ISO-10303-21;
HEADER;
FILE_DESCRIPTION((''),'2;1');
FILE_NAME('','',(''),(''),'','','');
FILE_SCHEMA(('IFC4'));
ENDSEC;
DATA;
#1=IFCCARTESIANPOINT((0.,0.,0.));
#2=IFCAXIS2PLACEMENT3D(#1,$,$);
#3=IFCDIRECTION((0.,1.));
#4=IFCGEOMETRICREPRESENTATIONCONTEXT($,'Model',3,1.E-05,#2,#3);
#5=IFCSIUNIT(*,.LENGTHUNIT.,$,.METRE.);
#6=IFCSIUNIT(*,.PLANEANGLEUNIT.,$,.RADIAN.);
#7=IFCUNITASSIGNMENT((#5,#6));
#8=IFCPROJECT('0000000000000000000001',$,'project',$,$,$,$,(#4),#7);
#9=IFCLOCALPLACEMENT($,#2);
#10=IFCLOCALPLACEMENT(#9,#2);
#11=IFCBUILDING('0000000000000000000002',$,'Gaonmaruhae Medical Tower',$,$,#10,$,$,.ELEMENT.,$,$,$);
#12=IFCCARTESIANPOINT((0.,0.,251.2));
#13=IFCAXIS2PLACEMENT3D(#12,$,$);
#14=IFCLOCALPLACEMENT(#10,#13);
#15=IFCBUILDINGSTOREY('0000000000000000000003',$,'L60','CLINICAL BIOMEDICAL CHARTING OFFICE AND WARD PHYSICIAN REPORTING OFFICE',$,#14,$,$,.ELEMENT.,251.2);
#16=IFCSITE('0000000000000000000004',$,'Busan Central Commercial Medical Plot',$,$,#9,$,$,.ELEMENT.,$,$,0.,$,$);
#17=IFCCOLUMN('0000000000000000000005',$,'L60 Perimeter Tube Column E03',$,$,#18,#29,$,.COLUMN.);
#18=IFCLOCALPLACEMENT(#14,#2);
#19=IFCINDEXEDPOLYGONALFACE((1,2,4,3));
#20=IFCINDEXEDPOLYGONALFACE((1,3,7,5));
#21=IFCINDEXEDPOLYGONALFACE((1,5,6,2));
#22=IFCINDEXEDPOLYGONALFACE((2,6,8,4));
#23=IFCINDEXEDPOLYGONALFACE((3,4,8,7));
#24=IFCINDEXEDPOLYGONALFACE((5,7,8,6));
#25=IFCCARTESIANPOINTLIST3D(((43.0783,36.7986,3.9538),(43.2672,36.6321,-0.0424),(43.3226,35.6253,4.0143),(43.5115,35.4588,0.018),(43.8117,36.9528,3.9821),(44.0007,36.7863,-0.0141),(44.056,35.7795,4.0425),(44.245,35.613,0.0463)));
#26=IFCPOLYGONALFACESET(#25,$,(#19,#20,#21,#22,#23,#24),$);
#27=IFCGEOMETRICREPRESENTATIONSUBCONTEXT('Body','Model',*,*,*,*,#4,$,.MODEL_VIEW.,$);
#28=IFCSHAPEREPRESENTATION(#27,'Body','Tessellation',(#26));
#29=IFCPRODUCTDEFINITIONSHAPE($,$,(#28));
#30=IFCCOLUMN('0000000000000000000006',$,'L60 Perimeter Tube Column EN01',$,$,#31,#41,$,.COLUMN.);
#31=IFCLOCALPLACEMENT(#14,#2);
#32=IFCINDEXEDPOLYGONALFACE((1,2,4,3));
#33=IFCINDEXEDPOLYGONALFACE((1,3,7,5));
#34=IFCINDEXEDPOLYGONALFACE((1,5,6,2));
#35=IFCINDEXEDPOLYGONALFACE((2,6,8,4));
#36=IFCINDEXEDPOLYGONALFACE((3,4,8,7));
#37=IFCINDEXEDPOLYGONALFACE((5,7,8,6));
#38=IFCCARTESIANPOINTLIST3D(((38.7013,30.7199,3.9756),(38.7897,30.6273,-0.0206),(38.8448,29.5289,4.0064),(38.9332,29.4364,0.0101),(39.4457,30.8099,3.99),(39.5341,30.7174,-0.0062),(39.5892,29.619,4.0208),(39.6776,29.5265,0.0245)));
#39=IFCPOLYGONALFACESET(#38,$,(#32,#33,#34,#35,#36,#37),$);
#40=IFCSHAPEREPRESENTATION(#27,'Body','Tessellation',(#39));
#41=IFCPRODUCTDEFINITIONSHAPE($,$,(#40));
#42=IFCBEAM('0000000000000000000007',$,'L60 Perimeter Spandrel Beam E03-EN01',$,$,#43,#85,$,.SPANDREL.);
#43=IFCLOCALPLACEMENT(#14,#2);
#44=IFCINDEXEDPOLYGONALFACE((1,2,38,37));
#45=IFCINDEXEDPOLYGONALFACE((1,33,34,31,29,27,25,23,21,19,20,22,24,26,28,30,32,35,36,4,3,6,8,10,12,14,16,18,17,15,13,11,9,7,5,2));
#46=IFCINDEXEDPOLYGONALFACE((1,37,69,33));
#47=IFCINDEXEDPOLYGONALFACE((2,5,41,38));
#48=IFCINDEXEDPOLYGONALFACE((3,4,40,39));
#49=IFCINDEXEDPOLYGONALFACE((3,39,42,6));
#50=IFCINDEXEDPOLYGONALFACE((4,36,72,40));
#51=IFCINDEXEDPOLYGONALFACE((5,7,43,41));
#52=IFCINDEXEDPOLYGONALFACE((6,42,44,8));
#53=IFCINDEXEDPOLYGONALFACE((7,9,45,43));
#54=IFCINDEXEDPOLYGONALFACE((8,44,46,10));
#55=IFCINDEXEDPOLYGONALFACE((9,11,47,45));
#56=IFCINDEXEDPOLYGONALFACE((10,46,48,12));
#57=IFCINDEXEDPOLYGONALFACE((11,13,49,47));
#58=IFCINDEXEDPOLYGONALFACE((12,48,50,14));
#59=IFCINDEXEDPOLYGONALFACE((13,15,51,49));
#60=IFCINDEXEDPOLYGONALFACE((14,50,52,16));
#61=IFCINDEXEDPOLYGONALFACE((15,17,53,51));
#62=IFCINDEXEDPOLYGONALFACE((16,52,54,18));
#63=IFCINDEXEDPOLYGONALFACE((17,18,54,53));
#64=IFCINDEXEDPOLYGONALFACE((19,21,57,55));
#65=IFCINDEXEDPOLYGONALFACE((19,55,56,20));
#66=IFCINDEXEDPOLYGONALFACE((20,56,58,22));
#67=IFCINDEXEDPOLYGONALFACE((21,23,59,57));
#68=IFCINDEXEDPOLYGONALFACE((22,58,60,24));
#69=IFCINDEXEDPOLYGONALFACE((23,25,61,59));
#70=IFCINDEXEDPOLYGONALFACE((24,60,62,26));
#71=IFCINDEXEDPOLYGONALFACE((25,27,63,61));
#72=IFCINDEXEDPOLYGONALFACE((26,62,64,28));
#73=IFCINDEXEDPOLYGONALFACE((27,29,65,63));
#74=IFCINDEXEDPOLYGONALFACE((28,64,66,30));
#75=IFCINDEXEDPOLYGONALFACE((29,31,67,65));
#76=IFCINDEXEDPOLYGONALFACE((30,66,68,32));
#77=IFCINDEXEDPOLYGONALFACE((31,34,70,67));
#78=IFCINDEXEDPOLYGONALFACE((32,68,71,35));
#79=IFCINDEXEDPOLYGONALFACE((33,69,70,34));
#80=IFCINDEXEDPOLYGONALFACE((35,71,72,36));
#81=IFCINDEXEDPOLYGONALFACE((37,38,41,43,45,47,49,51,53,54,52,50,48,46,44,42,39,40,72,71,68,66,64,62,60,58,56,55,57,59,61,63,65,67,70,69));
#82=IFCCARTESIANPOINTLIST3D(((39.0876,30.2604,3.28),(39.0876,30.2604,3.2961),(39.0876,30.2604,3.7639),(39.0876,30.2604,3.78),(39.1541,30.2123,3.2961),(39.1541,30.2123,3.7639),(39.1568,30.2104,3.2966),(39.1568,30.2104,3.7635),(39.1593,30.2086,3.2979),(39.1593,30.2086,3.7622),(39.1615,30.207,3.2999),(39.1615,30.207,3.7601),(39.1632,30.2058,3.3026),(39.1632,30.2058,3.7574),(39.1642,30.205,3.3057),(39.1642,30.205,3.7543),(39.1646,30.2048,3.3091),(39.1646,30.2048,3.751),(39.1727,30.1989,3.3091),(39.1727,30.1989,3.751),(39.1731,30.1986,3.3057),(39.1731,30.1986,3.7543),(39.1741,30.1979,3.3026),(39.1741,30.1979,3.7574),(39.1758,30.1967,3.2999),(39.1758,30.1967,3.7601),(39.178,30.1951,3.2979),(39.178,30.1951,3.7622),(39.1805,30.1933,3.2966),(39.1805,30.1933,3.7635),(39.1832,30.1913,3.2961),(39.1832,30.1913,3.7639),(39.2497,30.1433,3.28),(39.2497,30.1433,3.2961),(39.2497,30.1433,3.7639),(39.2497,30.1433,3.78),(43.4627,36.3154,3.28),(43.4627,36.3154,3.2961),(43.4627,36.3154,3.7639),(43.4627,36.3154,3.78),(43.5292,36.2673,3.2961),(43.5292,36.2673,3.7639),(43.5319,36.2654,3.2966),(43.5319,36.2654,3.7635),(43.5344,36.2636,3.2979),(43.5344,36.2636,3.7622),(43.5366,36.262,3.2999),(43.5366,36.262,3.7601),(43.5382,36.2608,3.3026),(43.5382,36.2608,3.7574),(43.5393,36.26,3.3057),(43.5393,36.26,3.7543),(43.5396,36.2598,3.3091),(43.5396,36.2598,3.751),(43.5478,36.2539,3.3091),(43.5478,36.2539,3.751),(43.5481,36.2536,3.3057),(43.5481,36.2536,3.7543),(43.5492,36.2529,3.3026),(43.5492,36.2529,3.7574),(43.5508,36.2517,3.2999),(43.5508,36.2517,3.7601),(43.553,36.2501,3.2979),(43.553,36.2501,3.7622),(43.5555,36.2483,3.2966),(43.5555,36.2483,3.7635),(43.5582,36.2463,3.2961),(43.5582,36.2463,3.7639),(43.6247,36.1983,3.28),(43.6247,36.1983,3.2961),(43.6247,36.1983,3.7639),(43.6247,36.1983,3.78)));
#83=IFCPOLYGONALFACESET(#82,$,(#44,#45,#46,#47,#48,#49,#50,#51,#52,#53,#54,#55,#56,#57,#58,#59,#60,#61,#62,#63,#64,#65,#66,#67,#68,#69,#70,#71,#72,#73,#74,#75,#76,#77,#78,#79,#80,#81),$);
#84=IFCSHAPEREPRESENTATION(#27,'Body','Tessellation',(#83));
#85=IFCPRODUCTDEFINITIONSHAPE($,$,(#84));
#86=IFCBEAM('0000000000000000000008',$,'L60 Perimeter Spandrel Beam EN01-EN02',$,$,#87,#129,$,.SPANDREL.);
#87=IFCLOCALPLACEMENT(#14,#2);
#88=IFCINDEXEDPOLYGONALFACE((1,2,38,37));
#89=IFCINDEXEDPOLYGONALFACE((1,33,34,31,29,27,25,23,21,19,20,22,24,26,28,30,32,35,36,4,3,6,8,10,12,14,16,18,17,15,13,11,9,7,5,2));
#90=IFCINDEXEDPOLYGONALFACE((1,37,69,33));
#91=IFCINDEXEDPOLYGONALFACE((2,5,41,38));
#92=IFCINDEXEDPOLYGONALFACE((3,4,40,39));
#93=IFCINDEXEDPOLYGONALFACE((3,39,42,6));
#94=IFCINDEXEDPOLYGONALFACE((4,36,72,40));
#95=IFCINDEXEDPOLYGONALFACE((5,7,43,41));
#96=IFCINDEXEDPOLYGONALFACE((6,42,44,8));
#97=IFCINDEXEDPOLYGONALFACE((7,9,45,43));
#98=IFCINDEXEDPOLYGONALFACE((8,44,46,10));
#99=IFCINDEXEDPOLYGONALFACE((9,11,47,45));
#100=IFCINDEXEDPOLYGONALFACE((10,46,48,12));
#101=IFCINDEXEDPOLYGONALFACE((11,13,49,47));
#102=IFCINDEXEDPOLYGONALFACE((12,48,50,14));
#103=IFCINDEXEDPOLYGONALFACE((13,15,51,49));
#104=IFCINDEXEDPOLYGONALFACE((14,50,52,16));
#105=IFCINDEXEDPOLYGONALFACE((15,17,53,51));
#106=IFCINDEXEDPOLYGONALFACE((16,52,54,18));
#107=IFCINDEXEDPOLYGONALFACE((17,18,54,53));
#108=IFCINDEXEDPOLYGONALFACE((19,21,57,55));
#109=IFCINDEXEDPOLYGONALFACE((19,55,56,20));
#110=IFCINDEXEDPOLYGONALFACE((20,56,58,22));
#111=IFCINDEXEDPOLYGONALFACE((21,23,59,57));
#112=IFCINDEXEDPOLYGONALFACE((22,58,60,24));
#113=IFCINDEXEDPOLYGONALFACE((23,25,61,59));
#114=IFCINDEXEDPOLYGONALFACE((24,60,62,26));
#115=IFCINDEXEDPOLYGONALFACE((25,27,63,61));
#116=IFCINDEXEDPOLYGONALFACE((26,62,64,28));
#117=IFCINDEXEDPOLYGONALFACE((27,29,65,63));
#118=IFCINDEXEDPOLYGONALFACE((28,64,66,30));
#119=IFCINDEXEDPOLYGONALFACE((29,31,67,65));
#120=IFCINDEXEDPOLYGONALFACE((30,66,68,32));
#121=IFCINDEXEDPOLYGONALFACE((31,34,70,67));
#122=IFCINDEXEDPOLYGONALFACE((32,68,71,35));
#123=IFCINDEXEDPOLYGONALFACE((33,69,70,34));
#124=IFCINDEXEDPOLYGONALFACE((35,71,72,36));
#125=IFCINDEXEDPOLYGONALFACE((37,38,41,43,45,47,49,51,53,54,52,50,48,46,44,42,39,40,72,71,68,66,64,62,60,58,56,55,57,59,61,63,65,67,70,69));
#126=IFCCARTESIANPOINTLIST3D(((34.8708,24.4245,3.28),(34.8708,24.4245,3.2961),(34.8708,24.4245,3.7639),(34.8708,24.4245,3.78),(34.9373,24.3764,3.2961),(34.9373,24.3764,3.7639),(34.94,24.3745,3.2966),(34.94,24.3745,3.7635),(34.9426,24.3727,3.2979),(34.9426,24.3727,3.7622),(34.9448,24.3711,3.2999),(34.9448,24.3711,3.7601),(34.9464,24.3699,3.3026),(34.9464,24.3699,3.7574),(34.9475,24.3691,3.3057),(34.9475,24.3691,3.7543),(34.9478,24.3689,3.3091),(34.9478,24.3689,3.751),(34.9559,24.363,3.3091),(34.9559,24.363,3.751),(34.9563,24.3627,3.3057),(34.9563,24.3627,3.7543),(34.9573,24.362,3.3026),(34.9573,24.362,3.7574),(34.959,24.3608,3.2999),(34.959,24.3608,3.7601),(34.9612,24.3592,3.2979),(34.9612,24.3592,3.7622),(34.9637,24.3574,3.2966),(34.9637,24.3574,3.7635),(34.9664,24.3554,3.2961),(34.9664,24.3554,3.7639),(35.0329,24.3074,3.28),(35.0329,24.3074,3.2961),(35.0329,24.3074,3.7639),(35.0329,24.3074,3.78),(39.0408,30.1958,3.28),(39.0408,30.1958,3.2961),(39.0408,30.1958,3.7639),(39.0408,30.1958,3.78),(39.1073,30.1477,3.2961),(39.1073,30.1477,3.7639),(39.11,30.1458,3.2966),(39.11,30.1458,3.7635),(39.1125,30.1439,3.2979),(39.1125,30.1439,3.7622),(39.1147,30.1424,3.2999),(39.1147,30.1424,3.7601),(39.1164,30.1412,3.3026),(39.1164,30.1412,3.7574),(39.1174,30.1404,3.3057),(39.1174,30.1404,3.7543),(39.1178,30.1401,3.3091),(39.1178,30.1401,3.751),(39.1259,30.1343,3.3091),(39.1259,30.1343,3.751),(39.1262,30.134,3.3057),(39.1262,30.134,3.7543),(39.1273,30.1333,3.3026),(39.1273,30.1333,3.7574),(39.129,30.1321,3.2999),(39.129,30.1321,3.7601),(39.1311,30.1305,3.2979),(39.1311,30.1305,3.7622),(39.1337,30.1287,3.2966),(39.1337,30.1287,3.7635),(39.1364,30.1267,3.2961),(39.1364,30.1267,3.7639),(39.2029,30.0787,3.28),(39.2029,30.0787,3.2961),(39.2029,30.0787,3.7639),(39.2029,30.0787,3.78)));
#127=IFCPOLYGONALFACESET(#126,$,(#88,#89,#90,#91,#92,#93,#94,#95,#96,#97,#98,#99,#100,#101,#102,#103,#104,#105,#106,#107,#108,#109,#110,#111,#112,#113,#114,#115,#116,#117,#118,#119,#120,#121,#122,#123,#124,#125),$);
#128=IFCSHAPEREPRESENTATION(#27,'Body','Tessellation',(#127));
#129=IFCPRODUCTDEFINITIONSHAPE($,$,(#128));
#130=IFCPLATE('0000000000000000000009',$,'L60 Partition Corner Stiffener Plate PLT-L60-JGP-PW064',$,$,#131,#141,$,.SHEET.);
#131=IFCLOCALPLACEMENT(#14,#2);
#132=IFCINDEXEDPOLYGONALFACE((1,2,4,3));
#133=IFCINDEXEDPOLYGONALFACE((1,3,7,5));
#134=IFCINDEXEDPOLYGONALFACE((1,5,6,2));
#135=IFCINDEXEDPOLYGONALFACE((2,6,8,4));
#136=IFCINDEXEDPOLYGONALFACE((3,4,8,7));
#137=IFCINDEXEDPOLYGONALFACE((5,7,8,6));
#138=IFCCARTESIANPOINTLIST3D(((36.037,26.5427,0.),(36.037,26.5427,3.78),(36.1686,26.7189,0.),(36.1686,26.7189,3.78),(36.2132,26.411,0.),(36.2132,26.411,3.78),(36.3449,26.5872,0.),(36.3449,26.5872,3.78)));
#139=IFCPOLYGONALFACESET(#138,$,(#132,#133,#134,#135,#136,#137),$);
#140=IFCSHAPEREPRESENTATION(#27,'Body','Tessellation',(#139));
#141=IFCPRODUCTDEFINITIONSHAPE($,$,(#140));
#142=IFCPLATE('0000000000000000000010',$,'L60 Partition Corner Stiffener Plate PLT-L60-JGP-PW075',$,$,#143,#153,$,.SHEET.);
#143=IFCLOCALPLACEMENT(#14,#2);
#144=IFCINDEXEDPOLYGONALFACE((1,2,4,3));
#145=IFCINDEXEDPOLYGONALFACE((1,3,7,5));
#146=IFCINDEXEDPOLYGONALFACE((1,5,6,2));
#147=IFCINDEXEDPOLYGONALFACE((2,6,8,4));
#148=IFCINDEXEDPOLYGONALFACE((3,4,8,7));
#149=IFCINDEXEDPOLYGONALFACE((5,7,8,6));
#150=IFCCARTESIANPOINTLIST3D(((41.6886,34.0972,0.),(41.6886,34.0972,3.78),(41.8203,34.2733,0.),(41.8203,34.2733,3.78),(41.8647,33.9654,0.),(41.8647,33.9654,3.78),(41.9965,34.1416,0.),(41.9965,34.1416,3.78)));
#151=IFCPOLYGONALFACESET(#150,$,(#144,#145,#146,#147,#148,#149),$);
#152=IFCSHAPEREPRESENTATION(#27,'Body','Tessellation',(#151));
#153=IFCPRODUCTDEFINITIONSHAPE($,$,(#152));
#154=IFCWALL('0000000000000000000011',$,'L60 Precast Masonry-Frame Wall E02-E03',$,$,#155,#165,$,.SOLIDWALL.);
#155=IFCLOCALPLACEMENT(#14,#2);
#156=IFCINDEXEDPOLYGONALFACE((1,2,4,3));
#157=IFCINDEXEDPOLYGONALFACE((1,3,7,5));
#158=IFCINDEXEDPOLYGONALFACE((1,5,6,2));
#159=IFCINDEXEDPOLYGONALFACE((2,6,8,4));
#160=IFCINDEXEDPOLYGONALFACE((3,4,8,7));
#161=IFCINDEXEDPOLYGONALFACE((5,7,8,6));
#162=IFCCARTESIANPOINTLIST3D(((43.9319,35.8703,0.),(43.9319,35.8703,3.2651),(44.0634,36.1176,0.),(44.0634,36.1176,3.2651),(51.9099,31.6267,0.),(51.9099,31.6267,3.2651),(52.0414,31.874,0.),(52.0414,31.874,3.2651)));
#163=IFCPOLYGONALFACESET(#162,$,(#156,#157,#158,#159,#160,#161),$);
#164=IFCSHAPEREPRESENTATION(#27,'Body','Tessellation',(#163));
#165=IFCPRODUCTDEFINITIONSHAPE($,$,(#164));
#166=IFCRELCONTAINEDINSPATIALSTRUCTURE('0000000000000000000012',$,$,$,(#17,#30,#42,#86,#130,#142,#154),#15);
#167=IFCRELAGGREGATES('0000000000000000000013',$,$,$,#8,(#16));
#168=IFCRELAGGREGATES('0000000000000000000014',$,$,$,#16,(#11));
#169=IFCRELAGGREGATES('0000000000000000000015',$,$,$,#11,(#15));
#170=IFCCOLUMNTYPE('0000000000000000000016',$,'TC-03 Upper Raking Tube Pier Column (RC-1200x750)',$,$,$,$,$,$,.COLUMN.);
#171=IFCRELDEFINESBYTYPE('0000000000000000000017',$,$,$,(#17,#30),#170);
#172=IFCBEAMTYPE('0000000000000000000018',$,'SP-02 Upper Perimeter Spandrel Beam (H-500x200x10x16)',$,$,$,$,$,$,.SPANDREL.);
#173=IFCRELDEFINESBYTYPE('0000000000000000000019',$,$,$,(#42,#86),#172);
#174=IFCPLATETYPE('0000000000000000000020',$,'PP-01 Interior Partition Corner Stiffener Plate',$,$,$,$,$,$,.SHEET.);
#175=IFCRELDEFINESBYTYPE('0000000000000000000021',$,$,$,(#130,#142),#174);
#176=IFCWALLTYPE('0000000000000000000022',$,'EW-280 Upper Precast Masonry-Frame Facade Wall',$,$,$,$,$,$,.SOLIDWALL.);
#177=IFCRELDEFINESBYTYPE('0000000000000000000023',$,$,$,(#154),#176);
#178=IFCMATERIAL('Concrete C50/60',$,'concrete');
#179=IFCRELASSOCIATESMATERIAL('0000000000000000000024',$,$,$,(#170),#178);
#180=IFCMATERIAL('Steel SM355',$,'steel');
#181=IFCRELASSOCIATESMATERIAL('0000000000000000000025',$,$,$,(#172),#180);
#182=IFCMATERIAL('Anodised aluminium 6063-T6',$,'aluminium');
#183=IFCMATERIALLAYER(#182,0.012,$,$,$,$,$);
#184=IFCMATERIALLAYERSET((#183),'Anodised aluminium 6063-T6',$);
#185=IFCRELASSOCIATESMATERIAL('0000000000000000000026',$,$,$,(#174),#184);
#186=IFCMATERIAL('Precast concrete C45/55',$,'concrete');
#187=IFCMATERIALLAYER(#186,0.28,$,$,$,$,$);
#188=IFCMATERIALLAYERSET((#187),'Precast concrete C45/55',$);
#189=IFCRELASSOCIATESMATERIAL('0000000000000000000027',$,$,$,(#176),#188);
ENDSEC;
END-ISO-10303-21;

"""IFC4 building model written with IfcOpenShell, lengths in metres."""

from ifc_helpers import new_model, si_unit, direction, frame, frame_2d, origin, origin_2d, place, context, subcontext, project, spatial, rectangle, i_section, extrude, material, layer, layer_set, material_profile, profile_set, type_object, element, save


model = new_model("IFC4")

# Units and contexts
model_context = context("Model", 3, precision=1e-05, world=origin(), true_north=direction((0.0, 1.0)))
body_context = subcontext(model_context, "Body", "Model", "MODEL_VIEW")
ifc_project = project(units=[si_unit("LENGTHUNIT", "METRE"), si_unit("PLANEANGLEUNIT", "RADIAN")], contexts=[model_context])

# Site, building, storey
site_placement = place(None, origin())
site = spatial("IfcSite", under=ifc_project, at=site_placement, Name="Busan Central Commercial Medical Plot", CompositionType="ELEMENT", RefElevation=0.0)
building_placement = place(site_placement, origin())
building = spatial("IfcBuilding", under=site, at=building_placement, Name="Gaonmaruhae Medical Tower", CompositionType="ELEMENT")
storey_placement = place(building_placement, frame((0.0, 0.0, 251.2)))
storey = spatial("IfcBuildingStorey", under=building, at=storey_placement, Name="L60", Description="CLINICAL BIOMEDICAL CHARTING OFFICE AND WARD PHYSICIAN REPORTING OFFICE", CompositionType="ELEMENT", Elevation=251.2)

# Columns
ifc_material_1 = material(Name="Concrete C50/60", Category="concrete")
ifc_material_profile_1 = material_profile(ifc_material_1, rectangle(XDim=1.2, YDim=0.75, at=origin_2d()), Name="RC-1200x750")
ifc_profile_set_1 = profile_set([ifc_material_profile_1], Name="Concrete C50/60")
column_type = type_object("IfcColumnType", Name="TC-03 Upper Raking Tube Pier Column (RC-1200x750)", PredefinedType="COLUMN", material=ifc_profile_set_1)
column_1_placement = place(storey_placement, frame((43.7561, 36.1226, 0.002), z_axis=(-0.047191, 0.041582, 0.99802), x_axis=(0.203572, -0.977764, 0.050363)))
element("IfcColumn", 1, at=column_1_placement, inside=storey, type_object=column_type, Name="L60 Perimeter Tube Column E03", PredefinedType="COLUMN", context=body_context, shape_type="SweptSolid", body=[
    extrude(rectangle(XDim=1.2, YDim=0.75, at=origin_2d()), origin(), (0.0, 0.0, 1.0), 4.0042),
])
column_2_placement = place(storey_placement, frame((39.2336, 30.0769, 0.002), z_axis=(-0.022104, 0.023142, 0.999488), x_axis=(0.119607, -0.992491, 0.025625)))
element("IfcColumn", 2, at=column_2_placement, inside=storey, type_object=column_type, Name="L60 Perimeter Tube Column EN01", PredefinedType="COLUMN", context=body_context, shape_type="SweptSolid", body=[
    extrude(rectangle(XDim=1.2, YDim=0.75, at=origin_2d()), origin(), (0.0, 0.0, 1.0), 3.9983),
])

# Beams
ifc_material_2 = material(Name="Steel SM355", Category="steel")
ifc_material_profile_2 = material_profile(ifc_material_2, i_section(OverallWidth=0.2, OverallDepth=0.5, WebThickness=0.01, FlangeThickness=0.0161, FilletRadius=0.0129, at=origin_2d()), Name="H-500x200x10x16")
ifc_profile_set_2 = profile_set([ifc_material_profile_2], Name="Steel SM355")
beam_type = type_object("IfcBeamType", Name="SP-02 Upper Perimeter Spandrel Beam (H-500x200x10x16)", PredefinedType="SPANDREL", material=ifc_profile_set_2)
beam_1_placement = place(storey_placement, frame((43.5437, 36.2568, 3.53), z_axis=(-0.585666, -0.810553, 0.0), x_axis=(0.810553, -0.585666, 0.0)))
element("IfcBeam", 3, at=beam_1_placement, inside=storey, type_object=beam_type, Name="L60 Perimeter Spandrel Beam E03-EN01", PredefinedType="SPANDREL", context=body_context, shape_type="SweptSolid", body=[
    extrude(i_section(OverallWidth=0.2, OverallDepth=0.5, WebThickness=0.01, FlangeThickness=0.0161, FilletRadius=0.0129, at=origin_2d()), origin(), (0.0, 0.0, 1.0), 7.4702),
])
beam_2_placement = place(storey_placement, frame((39.1218, 30.1372, 3.53), z_axis=(-0.585657, -0.810559, 0.0), x_axis=(0.810559, -0.585657, 0.0)))
element("IfcBeam", 4, at=beam_2_placement, inside=storey, type_object=beam_type, Name="L60 Perimeter Spandrel Beam EN01-EN02", PredefinedType="SPANDREL", context=body_context, shape_type="SweptSolid", body=[
    extrude(i_section(OverallWidth=0.2, OverallDepth=0.5, WebThickness=0.01, FlangeThickness=0.0161, FilletRadius=0.0129, at=origin_2d()), origin(), (0.0, 0.0, 1.0), 7.1201),
])

# Plates
ifc_material_3 = material(Name="Anodised aluminium 6063-T6", Category="aluminium")
ifc_layer_1 = layer(ifc_material_3, 0.012)
ifc_layer_set_1 = layer_set([ifc_layer_1], Name="Anodised aluminium 6063-T6")
plate_type = type_object("IfcPlateType", Name="PP-01 Interior Partition Corner Stiffener Plate", PredefinedType="SHEET", material=ifc_layer_set_1)
for number, where, z_axis, x_axis, name in (
    (5, (36.1909, 26.5649, 0.0), (0.0, 0.0, 1.0), (0.801108, -0.59852, 0.0), "L60 Partition Corner Stiffener Plate PLT-L60-JGP-PW064"),
    (6, (41.8425, 34.1194, 0.0), (0.0, 0.0, 1.0), (0.800825, -0.598898, 0.0), "L60 Partition Corner Stiffener Plate PLT-L60-JGP-PW075"),
):
    element("IfcPlate", number, at=place(storey_placement, frame(where, z_axis=z_axis, x_axis=x_axis)), inside=storey, type_object=plate_type, Name=name, PredefinedType="SHEET", context=body_context, shape_type="SweptSolid", body=[
        extrude(rectangle(XDim=0.22, YDim=0.22, at=origin_2d()), origin(), (0.0, 0.0, 1.0), 3.78),
    ])

# Wall
ifc_material_4 = material(Name="Precast concrete C45/55", Category="concrete")
ifc_layer_2 = layer(ifc_material_4, 0.28)
ifc_layer_set_2 = layer_set([ifc_layer_2], Name="Precast concrete C45/55")
wall_type_1 = type_object("IfcWallType", Name="EW-280 Upper Precast Masonry-Frame Facade Wall", PredefinedType="SOLIDWALL", material=ifc_layer_set_2)
wall_1_placement = place(storey_placement, frame((43.9978, 35.9939, 0.0), z_axis=(0.0, 0.0, 1.0), x_axis=(0.882871, -0.469615, 0.0)))
element("IfcWall", 7, at=wall_1_placement, inside=storey, type_object=wall_type_1, Name="L60 Precast Masonry-Frame Wall E02-E03", PredefinedType="SOLIDWALL", context=body_context, shape_type="SweptSolid", body=[
    extrude(rectangle(XDim=9.0364, YDim=0.28, at=frame_2d((4.5181, 0.0))), origin(), (0.0, 0.0, 1.0), 3.2651),
])

save(model, "model.ifc")
